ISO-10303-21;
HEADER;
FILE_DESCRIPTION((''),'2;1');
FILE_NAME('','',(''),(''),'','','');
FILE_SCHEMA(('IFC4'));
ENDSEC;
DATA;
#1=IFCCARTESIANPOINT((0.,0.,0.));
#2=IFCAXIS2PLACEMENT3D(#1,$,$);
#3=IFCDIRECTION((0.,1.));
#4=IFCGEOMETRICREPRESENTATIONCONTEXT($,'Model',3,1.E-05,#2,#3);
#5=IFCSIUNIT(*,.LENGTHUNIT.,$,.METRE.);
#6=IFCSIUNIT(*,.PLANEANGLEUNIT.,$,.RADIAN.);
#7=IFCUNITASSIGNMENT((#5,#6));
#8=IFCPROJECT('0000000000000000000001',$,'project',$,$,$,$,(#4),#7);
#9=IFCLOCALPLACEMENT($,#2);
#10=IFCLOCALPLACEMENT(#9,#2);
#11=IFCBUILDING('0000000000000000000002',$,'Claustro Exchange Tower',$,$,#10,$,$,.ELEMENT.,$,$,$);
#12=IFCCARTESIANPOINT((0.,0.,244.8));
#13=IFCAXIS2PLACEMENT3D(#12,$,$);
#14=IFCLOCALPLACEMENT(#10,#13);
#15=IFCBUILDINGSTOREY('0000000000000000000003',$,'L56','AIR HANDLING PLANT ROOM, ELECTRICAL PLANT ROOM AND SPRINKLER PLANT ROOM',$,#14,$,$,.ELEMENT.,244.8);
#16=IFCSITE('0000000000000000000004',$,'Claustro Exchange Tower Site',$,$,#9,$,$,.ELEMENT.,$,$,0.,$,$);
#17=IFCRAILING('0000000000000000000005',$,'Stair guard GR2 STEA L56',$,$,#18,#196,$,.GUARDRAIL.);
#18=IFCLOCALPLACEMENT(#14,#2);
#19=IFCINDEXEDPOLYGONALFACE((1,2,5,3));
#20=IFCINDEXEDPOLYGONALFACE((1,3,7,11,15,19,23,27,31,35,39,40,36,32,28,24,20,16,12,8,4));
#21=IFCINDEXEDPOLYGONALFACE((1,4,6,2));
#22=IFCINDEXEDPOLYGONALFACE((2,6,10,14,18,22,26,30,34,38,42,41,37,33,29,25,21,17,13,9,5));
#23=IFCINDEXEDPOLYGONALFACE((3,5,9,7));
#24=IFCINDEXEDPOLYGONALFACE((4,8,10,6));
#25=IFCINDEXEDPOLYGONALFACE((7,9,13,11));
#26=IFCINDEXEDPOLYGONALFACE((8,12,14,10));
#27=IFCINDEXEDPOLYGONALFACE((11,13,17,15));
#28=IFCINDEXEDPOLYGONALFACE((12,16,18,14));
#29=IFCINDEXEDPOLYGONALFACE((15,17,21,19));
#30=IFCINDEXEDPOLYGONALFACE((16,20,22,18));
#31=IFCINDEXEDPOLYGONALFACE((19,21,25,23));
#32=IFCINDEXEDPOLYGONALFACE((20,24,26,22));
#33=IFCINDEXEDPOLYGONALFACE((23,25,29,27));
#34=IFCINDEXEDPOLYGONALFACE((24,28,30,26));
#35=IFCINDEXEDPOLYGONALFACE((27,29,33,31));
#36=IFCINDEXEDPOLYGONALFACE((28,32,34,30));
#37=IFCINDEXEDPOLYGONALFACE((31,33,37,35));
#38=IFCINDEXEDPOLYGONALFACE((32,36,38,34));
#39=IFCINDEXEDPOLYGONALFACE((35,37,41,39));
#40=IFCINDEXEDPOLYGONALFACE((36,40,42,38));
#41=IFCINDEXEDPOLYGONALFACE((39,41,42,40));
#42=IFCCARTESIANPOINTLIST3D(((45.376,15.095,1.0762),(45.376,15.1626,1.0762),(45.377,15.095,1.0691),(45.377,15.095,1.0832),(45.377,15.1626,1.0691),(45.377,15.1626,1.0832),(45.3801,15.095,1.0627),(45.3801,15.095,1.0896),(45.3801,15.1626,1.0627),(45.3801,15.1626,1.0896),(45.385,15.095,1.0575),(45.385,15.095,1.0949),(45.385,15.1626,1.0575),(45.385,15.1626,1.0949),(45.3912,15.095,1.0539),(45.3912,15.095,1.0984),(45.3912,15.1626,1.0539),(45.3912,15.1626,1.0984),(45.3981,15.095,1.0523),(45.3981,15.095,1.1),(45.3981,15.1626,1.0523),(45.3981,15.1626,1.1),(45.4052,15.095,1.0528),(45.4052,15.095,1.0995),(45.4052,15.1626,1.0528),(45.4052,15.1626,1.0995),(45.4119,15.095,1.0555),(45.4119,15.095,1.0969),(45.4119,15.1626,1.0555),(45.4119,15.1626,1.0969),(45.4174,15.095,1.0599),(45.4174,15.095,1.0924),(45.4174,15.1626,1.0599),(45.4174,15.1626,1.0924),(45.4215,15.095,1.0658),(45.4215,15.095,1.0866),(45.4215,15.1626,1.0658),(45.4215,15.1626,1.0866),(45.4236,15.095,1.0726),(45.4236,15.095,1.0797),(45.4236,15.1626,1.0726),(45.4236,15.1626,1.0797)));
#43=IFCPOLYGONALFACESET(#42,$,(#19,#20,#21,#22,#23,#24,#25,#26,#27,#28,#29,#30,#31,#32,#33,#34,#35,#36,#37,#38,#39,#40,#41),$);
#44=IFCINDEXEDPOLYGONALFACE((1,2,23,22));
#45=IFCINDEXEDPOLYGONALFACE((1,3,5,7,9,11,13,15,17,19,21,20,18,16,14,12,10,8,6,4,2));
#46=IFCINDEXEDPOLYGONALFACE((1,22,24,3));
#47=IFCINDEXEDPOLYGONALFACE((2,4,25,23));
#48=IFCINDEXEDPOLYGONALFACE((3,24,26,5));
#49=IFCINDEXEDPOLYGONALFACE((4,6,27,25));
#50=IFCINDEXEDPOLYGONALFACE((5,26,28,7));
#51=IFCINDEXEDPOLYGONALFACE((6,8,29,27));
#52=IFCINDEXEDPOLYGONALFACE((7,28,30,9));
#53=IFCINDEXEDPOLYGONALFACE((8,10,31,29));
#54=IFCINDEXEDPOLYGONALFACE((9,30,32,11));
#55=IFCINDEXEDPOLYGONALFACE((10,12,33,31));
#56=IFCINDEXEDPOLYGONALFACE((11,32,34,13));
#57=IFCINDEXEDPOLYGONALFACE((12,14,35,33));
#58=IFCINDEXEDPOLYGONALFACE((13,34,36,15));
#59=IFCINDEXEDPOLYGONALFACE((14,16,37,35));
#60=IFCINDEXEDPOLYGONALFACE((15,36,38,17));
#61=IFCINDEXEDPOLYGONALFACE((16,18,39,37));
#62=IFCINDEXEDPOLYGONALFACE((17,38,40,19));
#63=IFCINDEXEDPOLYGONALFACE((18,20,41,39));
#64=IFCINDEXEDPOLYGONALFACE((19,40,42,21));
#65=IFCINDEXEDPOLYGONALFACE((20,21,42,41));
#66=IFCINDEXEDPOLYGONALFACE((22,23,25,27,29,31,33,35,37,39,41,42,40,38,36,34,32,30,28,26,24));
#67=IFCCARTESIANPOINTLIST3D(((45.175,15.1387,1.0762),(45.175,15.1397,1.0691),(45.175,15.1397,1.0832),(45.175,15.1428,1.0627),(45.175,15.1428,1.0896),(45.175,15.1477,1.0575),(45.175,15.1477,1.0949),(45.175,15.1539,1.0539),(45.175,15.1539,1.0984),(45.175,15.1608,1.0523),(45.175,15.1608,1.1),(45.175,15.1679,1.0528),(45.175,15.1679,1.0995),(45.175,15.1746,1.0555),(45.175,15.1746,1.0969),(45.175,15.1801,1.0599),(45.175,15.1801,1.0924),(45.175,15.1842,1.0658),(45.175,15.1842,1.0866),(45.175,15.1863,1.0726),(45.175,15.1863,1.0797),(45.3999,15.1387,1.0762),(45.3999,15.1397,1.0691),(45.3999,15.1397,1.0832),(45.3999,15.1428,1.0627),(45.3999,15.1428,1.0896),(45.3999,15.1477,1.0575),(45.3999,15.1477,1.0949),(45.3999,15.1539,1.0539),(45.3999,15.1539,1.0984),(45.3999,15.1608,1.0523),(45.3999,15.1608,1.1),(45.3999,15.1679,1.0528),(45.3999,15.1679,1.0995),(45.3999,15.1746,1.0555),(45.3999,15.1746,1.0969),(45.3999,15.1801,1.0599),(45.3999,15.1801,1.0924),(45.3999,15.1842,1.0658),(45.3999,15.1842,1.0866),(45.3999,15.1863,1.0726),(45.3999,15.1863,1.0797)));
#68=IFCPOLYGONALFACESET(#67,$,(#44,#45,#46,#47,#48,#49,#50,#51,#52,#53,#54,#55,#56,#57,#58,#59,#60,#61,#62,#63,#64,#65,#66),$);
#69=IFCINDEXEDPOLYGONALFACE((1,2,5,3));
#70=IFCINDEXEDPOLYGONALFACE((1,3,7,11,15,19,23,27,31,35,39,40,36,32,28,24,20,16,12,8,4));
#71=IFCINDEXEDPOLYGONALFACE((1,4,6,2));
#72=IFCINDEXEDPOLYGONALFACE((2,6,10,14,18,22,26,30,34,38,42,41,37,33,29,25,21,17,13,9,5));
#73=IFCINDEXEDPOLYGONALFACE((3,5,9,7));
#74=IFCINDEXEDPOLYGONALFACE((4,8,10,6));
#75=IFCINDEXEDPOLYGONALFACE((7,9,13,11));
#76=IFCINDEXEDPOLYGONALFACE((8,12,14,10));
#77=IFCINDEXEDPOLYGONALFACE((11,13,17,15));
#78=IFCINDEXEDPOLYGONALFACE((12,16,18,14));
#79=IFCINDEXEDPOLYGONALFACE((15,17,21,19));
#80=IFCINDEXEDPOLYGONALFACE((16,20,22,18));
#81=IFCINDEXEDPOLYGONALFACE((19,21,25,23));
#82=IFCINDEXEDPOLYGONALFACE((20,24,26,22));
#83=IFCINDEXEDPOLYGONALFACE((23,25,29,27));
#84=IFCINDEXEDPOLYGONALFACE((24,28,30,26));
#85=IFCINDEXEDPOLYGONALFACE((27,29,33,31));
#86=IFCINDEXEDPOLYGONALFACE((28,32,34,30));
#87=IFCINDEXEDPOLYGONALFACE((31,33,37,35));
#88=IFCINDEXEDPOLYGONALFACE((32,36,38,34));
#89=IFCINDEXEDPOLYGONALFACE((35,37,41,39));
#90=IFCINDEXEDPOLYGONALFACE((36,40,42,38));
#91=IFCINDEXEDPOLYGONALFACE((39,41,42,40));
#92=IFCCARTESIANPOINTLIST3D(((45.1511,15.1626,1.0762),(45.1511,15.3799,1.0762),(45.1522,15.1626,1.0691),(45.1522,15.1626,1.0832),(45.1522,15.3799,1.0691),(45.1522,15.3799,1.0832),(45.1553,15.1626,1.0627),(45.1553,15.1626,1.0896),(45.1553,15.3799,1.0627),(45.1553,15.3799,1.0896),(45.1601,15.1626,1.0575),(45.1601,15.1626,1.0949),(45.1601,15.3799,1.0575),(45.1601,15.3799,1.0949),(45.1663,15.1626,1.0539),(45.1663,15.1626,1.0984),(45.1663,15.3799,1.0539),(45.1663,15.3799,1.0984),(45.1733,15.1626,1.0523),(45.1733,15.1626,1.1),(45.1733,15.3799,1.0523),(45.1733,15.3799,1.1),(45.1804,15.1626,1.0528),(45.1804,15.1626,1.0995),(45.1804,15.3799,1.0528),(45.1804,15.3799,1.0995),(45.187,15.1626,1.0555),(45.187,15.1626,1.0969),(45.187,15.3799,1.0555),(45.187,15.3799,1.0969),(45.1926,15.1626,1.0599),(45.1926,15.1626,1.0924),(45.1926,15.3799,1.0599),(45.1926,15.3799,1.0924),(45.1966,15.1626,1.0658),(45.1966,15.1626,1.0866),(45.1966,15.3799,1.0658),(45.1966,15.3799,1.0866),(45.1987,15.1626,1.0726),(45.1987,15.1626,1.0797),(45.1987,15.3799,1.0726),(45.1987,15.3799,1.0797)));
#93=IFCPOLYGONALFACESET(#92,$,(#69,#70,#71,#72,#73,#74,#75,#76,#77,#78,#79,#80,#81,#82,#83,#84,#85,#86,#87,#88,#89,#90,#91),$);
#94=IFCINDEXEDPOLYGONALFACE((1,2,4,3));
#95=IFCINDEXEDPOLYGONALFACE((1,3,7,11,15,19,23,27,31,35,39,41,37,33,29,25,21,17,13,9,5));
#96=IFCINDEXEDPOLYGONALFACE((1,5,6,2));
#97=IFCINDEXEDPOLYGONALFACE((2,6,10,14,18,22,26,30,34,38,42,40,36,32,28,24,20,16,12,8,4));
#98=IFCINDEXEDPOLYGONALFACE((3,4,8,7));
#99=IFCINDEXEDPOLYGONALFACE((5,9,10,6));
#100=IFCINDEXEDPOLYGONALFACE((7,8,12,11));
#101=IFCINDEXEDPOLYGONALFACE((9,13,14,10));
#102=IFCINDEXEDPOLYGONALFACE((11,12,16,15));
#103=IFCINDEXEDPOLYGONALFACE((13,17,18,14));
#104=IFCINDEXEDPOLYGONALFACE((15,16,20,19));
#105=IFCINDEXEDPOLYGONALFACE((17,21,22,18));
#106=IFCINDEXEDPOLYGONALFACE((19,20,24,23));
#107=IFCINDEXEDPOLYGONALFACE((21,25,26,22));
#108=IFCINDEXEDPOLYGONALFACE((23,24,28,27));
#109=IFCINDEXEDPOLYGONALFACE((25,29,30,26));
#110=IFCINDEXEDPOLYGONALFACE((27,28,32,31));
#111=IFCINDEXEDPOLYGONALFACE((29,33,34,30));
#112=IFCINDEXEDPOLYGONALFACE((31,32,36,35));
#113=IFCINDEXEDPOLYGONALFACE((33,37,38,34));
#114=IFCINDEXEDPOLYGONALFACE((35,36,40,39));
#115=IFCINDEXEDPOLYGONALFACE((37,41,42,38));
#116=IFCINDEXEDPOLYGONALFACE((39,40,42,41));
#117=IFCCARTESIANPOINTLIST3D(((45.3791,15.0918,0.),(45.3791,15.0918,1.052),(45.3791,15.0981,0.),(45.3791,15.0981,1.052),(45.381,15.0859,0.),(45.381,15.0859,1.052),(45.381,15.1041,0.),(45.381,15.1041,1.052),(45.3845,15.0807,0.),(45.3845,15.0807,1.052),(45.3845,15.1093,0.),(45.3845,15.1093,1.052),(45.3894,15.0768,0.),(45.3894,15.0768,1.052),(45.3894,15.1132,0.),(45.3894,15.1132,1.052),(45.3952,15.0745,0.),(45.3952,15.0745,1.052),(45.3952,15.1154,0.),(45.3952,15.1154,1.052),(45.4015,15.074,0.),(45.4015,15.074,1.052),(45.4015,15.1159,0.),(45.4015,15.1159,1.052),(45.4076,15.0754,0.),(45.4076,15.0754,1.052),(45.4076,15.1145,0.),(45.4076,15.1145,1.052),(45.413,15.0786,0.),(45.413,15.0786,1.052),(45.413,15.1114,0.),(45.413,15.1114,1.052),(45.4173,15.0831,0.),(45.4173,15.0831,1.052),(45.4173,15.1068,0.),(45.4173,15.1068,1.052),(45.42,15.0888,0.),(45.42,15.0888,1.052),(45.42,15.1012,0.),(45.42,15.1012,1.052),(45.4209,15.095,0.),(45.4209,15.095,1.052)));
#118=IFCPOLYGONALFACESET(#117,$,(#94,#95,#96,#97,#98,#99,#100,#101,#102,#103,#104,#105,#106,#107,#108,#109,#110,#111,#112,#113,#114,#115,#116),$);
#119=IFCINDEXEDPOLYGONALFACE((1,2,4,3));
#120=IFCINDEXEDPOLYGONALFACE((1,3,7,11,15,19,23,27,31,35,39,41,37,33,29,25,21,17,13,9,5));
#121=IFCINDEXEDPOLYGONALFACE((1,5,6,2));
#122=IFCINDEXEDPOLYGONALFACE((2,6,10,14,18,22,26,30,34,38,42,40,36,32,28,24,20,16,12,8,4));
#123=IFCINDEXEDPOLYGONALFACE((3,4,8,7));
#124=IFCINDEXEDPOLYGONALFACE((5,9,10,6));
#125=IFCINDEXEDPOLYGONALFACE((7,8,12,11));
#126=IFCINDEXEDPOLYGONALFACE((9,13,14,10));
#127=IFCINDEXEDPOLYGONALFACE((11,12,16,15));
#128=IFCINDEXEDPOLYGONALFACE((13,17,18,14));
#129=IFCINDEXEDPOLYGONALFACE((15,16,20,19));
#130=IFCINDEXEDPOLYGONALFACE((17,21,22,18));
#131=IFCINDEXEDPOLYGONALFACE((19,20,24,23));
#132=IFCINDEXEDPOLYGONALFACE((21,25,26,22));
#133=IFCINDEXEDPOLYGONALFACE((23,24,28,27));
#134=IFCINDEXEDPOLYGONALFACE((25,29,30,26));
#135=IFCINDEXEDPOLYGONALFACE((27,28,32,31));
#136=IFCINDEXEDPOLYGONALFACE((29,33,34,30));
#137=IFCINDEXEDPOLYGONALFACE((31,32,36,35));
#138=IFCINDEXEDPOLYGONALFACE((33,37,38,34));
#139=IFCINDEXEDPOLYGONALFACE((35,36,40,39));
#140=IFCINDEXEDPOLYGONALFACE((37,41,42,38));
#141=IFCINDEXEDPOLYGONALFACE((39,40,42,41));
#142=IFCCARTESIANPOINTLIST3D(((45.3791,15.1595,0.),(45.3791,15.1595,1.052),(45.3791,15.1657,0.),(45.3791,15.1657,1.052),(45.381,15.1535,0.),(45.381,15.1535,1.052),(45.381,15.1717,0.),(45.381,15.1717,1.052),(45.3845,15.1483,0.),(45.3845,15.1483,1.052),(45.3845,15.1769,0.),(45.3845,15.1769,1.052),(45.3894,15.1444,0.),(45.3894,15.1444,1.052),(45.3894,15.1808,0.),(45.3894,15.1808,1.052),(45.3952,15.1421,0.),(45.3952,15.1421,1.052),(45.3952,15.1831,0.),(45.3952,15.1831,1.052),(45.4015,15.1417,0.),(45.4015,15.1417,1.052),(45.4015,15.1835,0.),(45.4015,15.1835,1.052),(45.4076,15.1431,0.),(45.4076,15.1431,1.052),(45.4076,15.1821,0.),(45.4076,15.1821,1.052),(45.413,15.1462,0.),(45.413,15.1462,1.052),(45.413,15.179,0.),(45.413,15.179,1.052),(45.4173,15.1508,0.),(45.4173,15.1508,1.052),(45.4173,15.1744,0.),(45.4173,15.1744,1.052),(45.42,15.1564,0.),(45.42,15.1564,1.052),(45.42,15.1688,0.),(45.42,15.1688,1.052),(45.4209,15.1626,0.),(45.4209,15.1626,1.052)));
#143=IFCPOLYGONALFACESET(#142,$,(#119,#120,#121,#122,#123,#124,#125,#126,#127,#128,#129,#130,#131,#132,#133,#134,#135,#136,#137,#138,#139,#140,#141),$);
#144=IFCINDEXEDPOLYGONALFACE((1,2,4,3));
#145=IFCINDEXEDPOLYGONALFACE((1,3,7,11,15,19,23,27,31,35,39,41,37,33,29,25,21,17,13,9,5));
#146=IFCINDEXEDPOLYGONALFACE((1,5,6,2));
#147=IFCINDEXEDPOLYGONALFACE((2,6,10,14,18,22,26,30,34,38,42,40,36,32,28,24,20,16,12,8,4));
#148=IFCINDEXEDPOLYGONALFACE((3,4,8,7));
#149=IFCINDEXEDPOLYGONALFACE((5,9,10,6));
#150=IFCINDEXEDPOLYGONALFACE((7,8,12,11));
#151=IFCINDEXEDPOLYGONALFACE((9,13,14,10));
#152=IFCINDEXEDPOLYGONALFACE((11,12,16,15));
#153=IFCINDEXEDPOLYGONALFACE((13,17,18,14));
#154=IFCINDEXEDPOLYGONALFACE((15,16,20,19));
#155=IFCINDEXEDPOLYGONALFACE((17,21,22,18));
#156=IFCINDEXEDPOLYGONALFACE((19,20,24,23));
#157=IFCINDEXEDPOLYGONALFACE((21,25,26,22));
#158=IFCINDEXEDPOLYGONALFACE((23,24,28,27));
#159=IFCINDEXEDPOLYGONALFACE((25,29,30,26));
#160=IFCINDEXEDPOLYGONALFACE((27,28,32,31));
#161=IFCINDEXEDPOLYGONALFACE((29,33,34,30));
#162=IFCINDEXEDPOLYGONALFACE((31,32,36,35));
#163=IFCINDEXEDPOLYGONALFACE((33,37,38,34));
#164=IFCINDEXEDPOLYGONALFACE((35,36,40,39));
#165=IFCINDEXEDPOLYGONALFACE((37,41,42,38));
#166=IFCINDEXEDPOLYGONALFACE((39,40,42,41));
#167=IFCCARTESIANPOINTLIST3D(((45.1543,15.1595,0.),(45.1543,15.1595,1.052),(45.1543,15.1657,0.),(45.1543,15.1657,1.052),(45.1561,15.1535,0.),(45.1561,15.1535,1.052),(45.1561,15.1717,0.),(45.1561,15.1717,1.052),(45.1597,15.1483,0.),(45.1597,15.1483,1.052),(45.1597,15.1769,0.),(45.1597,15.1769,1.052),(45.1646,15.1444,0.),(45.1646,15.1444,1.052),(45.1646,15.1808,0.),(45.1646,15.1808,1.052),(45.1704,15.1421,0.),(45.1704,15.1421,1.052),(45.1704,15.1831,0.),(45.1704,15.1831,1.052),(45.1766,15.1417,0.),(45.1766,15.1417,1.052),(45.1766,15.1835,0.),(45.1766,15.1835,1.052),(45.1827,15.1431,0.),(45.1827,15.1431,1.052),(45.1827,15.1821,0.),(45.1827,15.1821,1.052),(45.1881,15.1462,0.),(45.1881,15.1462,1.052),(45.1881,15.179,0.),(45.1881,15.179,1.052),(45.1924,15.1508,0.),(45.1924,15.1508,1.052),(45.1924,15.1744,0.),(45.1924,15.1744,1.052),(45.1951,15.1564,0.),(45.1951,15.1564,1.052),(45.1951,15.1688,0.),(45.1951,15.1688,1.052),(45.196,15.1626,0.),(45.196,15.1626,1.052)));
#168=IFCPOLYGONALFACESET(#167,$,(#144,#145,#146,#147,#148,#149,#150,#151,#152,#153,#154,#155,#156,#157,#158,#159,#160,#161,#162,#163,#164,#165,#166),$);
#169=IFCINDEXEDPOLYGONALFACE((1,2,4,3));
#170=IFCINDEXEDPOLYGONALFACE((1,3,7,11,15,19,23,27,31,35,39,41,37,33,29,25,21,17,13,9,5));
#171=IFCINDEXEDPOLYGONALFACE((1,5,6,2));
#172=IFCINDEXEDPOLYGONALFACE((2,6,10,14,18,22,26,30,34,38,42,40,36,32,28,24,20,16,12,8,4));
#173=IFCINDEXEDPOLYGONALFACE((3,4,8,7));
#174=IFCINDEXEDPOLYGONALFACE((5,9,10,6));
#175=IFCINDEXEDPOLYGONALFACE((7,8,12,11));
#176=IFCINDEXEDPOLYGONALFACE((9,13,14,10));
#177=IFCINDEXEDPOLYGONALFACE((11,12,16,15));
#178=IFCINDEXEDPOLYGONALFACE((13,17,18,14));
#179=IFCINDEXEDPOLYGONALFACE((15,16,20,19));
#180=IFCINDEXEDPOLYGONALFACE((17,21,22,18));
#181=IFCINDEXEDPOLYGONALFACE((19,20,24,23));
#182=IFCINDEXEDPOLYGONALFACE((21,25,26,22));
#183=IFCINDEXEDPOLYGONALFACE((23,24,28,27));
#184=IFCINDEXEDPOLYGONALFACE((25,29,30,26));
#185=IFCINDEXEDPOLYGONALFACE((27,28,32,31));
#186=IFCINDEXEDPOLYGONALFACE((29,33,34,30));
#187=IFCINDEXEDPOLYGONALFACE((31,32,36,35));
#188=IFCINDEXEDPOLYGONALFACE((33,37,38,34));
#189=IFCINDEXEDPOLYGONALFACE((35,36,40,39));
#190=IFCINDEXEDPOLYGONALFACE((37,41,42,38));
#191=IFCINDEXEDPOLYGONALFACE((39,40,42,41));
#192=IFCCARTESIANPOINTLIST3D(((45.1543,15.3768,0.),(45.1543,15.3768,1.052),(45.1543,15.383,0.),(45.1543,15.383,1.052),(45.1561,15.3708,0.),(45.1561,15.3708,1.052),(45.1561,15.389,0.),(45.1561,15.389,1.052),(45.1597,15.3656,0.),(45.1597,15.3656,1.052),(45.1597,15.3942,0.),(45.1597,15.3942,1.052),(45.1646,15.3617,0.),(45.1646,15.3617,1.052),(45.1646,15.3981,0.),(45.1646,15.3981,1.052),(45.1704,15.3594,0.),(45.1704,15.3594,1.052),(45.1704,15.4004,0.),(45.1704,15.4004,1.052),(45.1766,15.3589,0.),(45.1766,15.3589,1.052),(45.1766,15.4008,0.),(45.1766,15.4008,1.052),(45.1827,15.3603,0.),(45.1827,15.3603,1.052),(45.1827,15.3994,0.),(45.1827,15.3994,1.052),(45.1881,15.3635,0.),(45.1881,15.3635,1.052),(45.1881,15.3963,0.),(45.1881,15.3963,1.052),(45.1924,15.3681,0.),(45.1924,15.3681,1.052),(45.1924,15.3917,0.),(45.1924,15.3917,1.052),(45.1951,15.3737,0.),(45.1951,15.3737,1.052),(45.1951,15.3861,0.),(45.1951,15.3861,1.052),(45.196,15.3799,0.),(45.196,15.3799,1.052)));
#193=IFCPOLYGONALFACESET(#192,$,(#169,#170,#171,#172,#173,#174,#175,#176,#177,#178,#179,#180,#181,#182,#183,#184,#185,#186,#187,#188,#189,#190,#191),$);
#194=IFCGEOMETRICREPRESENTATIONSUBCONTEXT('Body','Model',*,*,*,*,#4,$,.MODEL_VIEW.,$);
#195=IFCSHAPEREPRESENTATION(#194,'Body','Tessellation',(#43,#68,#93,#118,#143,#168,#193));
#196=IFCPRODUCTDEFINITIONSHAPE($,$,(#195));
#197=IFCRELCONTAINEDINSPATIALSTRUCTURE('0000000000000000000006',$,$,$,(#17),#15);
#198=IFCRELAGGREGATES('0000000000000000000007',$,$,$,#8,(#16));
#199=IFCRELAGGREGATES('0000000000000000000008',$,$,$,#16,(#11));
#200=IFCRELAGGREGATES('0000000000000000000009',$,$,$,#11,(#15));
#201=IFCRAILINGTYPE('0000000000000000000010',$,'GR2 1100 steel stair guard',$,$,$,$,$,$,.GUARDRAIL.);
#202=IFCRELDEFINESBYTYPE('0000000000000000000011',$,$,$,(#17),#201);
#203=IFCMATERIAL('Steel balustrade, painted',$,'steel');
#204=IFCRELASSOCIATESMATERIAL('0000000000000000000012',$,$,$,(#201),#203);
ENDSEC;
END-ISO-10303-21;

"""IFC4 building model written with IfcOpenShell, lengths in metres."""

from ifc_helpers import new_model, si_unit, direction, frame, origin, origin_2d, place, context, subcontext, project, spatial, circle, extrude, material, type_object, element, save


model = new_model("IFC4")

# Units and contexts
model_context = context("Model", 3, precision=1e-05, world=origin(), true_north=direction((0.0, 1.0)))
body_context = subcontext(model_context, "Body", "Model", "MODEL_VIEW")
ifc_project = project(units=[si_unit("LENGTHUNIT", "METRE"), si_unit("PLANEANGLEUNIT", "RADIAN")], contexts=[model_context])

# Site, building, storey
site_placement = place(None, origin())
site = spatial("IfcSite", under=ifc_project, at=site_placement, Name="Claustro Exchange Tower Site", CompositionType="ELEMENT", RefElevation=0.0)
building_placement = place(site_placement, origin())
building = spatial("IfcBuilding", under=site, at=building_placement, Name="Claustro Exchange Tower", CompositionType="ELEMENT")
storey_placement = place(building_placement, frame((0.0, 0.0, 244.8)))
storey = spatial("IfcBuildingStorey", under=building, at=storey_placement, Name="L56", Description="AIR HANDLING PLANT ROOM, ELECTRICAL PLANT ROOM AND SPRINKLER PLANT ROOM", CompositionType="ELEMENT", Elevation=244.8)

# Railing
ifc_material_1 = material(Name="Steel balustrade, painted", Category="steel")
railing_type_1 = type_object("IfcRailingType", Name="GR2 1100 steel stair guard", PredefinedType="GUARDRAIL", material=ifc_material_1)
railing_1_placement = place(storey_placement, frame((45.3999, 15.095, 0.0)))
element("IfcRailing", 1, at=railing_1_placement, inside=storey, type_object=railing_type_1, Name="Stair guard GR2 STEA L56", PredefinedType="GUARDRAIL", context=body_context, shape_type="SweptSolid", body=[
    extrude(circle(Radius=0.0239, at=origin_2d()), frame((0.0, 0.0, 1.0762), z_axis=(0.0, 1.0, 0.0), x_axis=(-1.0, 0.0, 0.0)), (0.0, 0.0, 1.0), 0.0676),
    extrude(circle(Radius=0.0239, at=origin_2d()), frame((0.0, 0.0676, 1.0762), z_axis=(-1.0, 0.0, 0.0), x_axis=(0.0, -1.0, 0.0)), (0.0, 0.0, 1.0), 0.2249),
    extrude(circle(Radius=0.0239, at=origin_2d()), frame((-0.2249, 0.0676, 1.0762), z_axis=(0.0, 1.0, 0.0), x_axis=(-1.0, 0.0, 0.0)), (0.0, 0.0, 1.0), 0.2173),
    extrude(circle(Radius=0.021, at=origin_2d()), origin(), (0.0, 0.0, 1.0), 1.052),
    extrude(circle(Radius=0.021, at=origin_2d()), frame((0.0, 0.0676, 0.0)), (0.0, 0.0, 1.0), 1.052),
    extrude(circle(Radius=0.021, at=origin_2d()), frame((-0.2249, 0.0676, 0.0)), (0.0, 0.0, 1.0), 1.052),
    extrude(circle(Radius=0.021, at=origin_2d()), frame((-0.2249, 0.2849, 0.0)), (0.0, 0.0, 1.0), 1.052),
])

save(model, "model.ifc")
